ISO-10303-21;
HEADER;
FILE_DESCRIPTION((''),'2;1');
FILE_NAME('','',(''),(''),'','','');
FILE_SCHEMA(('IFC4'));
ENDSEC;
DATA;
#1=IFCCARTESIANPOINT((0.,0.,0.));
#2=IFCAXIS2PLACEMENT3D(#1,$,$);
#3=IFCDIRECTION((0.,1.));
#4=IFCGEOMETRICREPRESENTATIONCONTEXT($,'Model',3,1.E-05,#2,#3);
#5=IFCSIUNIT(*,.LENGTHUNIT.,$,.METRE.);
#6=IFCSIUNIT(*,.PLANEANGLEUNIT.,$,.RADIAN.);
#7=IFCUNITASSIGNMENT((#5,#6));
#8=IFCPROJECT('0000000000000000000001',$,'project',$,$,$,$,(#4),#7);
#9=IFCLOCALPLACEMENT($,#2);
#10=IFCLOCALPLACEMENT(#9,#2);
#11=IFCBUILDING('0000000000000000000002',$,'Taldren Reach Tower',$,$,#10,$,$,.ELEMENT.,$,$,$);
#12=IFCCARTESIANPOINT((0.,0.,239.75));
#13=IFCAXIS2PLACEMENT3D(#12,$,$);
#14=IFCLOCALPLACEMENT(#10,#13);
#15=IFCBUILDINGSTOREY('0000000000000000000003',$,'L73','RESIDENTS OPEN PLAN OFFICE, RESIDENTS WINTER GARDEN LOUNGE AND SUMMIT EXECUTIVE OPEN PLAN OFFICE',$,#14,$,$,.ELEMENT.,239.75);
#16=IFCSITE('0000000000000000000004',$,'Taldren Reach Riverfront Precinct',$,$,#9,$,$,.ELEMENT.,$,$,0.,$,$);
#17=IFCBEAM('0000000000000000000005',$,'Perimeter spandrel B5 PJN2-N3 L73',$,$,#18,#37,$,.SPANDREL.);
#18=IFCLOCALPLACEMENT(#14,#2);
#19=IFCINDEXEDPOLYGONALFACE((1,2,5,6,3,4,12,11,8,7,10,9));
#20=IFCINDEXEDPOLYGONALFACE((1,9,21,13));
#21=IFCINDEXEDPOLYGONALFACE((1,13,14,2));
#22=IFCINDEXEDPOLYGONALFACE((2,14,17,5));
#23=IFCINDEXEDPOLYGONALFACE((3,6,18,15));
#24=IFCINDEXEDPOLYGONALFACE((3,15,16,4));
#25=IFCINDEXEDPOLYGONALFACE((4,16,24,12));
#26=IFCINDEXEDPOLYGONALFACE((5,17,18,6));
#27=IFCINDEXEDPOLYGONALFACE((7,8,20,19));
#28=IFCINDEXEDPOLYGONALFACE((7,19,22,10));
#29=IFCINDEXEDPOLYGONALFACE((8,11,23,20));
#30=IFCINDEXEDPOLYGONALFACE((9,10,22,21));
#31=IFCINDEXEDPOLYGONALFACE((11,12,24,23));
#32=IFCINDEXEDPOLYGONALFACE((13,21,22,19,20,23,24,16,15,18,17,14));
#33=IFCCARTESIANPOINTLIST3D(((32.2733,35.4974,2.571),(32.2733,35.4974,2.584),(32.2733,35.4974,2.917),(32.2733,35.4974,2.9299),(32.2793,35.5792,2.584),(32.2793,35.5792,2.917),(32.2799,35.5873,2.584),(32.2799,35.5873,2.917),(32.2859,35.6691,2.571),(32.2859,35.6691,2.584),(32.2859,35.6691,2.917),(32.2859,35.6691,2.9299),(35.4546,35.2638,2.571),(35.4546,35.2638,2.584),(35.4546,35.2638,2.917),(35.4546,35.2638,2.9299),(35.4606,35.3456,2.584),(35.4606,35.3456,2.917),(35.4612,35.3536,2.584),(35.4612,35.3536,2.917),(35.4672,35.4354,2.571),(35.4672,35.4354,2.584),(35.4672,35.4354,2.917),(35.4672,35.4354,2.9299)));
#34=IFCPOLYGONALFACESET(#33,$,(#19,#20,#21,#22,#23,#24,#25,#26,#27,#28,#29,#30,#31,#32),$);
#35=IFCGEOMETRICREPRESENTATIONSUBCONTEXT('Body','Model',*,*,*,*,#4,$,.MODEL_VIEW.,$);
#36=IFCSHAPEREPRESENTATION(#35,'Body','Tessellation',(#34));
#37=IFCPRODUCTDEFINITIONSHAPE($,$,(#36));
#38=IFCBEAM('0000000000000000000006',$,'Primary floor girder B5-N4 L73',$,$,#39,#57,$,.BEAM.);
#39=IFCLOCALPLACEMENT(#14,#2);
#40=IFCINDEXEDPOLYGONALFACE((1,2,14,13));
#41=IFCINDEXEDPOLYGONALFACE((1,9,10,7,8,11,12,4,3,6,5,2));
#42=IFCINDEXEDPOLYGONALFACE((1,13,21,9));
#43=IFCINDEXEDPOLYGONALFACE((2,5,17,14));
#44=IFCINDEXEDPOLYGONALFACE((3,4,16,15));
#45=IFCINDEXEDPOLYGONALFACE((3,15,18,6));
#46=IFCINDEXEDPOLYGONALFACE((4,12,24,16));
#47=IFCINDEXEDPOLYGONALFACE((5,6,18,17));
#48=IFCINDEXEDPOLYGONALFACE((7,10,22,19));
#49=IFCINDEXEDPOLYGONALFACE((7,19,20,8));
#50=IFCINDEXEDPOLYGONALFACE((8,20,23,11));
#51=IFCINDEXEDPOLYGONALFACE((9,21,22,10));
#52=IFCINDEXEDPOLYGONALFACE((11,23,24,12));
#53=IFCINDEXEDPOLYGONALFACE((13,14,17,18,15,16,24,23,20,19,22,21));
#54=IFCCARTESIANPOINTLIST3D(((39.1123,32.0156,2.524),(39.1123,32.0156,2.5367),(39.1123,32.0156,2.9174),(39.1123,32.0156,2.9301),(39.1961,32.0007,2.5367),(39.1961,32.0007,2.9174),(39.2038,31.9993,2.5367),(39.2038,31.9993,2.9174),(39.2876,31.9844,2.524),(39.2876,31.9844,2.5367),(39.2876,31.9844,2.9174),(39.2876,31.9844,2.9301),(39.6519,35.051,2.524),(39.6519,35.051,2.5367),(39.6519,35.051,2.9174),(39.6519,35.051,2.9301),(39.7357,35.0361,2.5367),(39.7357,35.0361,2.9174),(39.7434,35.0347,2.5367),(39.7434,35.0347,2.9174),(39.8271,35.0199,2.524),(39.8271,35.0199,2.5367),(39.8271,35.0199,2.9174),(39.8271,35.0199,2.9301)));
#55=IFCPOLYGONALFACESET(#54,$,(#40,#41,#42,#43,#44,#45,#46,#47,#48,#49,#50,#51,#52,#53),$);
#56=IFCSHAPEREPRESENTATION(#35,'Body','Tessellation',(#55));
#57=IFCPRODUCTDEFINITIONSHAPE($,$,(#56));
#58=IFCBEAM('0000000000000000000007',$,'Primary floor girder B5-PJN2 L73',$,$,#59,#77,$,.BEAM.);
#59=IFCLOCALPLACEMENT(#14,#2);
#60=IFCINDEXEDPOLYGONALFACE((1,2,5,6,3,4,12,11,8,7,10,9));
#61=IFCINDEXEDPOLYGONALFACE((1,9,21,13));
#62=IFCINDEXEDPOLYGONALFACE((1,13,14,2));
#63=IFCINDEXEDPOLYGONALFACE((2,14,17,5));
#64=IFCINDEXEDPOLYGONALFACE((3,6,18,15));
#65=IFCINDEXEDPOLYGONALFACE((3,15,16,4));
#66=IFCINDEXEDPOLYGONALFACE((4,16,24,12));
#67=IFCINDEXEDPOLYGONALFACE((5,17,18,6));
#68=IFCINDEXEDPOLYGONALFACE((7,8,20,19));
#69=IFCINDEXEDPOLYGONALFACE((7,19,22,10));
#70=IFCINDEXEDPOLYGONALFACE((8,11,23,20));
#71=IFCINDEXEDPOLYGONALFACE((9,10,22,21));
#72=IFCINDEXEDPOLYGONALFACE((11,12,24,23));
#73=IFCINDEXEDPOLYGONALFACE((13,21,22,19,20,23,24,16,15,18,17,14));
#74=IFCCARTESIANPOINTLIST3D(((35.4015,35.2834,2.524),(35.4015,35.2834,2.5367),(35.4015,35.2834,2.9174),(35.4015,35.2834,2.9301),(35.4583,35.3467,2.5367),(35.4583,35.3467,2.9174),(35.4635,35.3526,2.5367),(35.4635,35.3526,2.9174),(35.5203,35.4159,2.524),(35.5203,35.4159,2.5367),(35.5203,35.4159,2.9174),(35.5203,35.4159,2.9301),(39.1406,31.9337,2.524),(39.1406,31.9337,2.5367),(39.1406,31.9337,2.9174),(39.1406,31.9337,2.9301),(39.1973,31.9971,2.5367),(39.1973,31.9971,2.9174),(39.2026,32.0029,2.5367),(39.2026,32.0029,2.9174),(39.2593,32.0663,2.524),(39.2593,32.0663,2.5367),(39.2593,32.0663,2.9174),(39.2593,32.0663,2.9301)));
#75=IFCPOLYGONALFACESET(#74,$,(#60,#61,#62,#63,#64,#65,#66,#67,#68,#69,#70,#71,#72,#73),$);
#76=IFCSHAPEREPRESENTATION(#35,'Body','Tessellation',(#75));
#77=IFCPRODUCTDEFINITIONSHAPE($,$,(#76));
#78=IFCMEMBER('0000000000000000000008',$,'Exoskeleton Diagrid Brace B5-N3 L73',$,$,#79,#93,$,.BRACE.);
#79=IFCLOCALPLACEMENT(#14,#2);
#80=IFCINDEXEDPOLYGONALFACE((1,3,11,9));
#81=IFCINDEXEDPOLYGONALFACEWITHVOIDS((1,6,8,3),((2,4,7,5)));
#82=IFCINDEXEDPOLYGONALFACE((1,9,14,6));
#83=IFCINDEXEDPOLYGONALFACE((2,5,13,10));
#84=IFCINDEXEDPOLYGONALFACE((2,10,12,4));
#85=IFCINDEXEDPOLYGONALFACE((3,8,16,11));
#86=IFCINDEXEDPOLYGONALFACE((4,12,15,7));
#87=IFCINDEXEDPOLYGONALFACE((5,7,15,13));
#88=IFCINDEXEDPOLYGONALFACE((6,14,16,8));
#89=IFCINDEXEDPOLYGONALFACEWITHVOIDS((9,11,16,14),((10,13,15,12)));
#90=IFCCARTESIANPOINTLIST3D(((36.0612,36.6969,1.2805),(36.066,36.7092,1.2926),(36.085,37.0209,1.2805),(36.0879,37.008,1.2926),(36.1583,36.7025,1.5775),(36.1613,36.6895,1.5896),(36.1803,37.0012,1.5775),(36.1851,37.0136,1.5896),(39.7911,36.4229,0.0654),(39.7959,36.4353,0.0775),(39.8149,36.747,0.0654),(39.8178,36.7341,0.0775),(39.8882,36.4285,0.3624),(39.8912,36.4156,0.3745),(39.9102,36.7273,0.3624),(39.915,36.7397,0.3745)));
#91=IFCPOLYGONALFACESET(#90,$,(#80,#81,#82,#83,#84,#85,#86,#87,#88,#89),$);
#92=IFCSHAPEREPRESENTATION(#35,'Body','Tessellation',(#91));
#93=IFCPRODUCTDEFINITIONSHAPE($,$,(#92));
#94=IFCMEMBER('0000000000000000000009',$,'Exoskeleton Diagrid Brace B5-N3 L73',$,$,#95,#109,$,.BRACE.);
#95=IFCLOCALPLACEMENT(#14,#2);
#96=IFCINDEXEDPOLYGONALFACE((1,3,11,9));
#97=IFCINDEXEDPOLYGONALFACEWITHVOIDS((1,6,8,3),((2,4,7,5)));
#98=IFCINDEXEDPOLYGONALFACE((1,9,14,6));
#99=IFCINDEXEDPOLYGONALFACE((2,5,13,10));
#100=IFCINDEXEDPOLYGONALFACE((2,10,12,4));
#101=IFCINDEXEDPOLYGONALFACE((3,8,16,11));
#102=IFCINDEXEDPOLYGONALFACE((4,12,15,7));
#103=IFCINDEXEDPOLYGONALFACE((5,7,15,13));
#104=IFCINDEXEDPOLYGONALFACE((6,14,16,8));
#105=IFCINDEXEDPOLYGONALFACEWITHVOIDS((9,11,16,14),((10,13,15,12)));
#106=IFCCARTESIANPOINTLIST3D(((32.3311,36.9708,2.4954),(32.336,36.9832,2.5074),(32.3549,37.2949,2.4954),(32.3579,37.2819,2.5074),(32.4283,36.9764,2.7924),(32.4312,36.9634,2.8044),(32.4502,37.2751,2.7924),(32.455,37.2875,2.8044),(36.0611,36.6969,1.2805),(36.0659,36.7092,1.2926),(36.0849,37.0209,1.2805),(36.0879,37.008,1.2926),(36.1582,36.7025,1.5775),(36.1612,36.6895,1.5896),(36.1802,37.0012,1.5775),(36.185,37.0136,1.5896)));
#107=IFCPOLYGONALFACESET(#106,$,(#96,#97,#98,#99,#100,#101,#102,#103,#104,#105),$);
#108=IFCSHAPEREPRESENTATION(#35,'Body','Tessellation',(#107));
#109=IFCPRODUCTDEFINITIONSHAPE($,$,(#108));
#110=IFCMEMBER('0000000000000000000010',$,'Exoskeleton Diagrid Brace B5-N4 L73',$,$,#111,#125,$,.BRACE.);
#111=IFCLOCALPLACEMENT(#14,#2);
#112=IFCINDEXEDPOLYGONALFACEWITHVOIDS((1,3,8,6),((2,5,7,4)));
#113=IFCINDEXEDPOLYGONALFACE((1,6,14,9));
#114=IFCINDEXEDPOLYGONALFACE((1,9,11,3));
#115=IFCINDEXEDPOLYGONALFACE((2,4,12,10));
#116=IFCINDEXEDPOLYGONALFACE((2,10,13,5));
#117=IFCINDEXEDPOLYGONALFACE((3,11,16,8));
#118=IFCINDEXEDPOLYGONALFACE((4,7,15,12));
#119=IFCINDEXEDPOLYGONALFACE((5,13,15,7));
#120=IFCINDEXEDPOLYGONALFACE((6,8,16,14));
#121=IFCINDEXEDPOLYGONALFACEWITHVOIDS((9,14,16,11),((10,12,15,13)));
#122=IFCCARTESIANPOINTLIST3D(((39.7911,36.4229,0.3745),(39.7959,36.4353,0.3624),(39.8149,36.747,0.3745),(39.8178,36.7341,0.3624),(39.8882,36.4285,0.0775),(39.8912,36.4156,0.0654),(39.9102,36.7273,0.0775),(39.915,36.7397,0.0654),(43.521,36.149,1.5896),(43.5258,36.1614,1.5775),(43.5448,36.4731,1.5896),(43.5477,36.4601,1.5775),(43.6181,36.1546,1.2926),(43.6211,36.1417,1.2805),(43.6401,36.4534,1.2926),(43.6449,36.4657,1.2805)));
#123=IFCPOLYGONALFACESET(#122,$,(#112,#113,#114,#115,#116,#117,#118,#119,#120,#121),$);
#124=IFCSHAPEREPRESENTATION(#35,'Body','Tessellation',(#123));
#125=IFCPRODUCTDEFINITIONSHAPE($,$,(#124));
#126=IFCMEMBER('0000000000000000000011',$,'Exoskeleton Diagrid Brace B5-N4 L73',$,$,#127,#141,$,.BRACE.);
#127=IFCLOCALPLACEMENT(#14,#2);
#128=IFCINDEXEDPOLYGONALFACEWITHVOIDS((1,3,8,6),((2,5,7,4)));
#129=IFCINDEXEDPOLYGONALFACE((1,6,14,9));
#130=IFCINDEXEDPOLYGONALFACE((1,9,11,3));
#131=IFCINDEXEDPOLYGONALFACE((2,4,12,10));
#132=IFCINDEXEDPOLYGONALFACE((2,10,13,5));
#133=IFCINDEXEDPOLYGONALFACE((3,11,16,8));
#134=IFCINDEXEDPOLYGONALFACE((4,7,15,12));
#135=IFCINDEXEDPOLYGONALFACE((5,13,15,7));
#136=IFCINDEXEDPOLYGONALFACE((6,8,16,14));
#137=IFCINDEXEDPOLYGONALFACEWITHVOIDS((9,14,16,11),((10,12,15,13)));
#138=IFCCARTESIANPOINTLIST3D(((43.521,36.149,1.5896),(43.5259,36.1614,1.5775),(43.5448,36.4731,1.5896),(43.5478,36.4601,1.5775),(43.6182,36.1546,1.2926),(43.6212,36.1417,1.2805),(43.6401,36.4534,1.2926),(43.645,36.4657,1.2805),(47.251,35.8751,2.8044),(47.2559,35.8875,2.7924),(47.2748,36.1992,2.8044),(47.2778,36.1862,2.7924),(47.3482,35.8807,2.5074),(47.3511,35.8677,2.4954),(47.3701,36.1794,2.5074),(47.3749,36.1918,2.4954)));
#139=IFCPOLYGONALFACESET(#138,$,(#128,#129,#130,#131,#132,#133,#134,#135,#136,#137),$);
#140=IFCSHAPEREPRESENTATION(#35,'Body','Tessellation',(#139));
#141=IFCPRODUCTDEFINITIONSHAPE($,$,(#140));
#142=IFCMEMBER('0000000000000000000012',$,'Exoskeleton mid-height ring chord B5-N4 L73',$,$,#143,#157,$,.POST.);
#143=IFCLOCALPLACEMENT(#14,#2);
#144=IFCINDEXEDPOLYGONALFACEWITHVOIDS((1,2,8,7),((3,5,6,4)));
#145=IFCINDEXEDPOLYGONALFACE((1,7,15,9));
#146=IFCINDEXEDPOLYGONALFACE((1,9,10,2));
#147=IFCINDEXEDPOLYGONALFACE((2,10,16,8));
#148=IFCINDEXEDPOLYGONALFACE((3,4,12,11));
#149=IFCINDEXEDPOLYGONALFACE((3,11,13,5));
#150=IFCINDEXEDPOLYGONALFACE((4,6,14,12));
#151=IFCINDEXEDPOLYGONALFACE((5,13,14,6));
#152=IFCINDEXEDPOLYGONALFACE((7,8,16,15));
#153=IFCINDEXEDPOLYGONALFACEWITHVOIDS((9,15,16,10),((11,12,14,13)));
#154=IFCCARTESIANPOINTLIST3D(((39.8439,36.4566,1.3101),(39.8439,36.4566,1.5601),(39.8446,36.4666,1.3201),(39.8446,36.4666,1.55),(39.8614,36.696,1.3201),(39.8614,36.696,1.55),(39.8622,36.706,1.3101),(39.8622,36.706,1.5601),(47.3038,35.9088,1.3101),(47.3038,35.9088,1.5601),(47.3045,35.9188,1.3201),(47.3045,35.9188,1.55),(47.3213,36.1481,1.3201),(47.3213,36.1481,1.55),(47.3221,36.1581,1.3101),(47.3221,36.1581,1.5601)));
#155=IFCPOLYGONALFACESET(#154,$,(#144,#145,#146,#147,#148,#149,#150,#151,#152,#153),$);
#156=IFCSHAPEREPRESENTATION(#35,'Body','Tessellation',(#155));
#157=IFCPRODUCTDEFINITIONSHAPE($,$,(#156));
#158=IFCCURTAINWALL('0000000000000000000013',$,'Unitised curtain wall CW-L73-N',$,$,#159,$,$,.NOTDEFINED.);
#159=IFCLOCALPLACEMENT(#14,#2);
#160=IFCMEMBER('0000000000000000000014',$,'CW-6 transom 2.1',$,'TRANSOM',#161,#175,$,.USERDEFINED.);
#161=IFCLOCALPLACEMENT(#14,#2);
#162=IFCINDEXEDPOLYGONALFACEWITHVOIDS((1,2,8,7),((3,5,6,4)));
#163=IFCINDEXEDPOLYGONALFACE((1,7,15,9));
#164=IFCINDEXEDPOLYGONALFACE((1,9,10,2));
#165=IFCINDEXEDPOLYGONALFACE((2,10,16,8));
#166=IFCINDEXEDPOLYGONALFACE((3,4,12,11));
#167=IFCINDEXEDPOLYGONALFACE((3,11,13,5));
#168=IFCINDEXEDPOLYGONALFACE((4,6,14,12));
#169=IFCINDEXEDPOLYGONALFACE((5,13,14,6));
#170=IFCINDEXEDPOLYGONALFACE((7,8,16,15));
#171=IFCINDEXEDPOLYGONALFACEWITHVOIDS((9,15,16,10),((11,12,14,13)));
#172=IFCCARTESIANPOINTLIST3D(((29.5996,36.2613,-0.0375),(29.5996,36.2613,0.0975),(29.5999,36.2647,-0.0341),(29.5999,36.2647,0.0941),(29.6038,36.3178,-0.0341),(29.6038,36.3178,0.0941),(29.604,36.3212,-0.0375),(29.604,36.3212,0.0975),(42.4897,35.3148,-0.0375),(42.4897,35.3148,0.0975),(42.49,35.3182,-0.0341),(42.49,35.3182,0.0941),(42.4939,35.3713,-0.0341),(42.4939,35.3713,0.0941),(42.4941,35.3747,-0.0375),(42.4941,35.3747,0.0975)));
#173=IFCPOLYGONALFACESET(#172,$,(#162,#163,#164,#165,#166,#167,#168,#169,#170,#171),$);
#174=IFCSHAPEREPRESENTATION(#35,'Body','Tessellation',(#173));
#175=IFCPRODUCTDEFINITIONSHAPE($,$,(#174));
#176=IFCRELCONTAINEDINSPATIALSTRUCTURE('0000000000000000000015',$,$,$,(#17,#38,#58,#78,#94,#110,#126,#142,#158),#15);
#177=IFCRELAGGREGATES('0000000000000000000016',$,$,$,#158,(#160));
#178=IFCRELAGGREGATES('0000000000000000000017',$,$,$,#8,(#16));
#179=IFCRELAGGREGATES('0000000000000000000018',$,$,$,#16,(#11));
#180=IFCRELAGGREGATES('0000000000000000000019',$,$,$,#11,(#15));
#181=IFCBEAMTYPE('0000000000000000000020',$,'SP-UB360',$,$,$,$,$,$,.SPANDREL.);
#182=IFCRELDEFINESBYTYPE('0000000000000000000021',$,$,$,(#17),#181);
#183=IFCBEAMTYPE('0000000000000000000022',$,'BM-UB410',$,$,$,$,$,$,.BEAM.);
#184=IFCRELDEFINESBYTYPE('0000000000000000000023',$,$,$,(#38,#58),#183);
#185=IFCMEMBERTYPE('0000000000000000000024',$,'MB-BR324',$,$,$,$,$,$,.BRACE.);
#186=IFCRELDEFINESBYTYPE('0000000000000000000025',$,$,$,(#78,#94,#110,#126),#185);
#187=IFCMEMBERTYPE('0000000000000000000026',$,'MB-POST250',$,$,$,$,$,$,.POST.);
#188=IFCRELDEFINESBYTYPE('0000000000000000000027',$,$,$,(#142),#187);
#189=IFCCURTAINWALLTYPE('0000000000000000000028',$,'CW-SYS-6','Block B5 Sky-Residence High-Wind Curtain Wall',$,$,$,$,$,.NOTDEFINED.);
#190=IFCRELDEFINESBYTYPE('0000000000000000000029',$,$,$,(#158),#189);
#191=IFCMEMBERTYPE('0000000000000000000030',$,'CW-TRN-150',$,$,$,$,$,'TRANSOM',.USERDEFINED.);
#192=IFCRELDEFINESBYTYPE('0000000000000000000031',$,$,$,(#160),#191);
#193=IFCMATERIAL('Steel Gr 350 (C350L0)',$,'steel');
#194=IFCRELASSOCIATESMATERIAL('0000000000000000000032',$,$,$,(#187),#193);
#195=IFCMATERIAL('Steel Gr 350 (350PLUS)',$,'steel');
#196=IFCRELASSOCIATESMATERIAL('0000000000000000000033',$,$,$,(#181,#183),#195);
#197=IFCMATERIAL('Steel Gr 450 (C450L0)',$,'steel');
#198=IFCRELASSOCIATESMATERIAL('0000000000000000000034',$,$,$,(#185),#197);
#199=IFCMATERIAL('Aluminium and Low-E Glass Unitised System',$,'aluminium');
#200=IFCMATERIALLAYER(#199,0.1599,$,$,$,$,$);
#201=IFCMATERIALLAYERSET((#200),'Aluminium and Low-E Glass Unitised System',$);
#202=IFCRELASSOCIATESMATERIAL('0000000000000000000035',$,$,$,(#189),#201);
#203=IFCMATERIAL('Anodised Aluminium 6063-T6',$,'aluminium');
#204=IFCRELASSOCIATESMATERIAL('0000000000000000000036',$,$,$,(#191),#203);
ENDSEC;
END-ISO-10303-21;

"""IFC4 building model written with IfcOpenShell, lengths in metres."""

from ifc_helpers import new_model, si_unit, direction, frame, origin, origin_2d, place, context, subcontext, project, spatial, hollow_rectangle, i_section, extrude, source, transform, mapped, material, layer, layer_set, material_profile, profile_set, type_object, element, aggregate, save


model = new_model("IFC4")

# Units and contexts
model_context = context("Model", 3, precision=1e-05, world=origin(), true_north=direction((0.0, 1.0)))
body_context = subcontext(model_context, "Body", "Model", "MODEL_VIEW")
ifc_project = project(units=[si_unit("LENGTHUNIT", "METRE"), si_unit("PLANEANGLEUNIT", "RADIAN")], contexts=[model_context])

# Site, building, storey
site_placement = place(None, origin())
site = spatial("IfcSite", under=ifc_project, at=site_placement, Name="Taldren Reach Riverfront Precinct", CompositionType="ELEMENT", RefElevation=0.0)
building_placement = place(site_placement, origin())
building = spatial("IfcBuilding", under=site, at=building_placement, Name="Taldren Reach Tower", CompositionType="ELEMENT")
storey_placement = place(building_placement, frame((0.0, 0.0, 239.75)))
storey = spatial("IfcBuildingStorey", under=building, at=storey_placement, Name="L73", Description="RESIDENTS OPEN PLAN OFFICE, RESIDENTS WINTER GARDEN LOUNGE AND SUMMIT EXECUTIVE OPEN PLAN OFFICE", CompositionType="ELEMENT", Elevation=239.75)

# Shared definitions
ifc_material_1 = material(Name="Steel Gr 450 (C450L0)", Category="steel")
ifc_material_2 = material(Name="Steel Gr 350 (C350L0)", Category="steel")
ifc_material_3 = material(Name="Steel Gr 350 (350PLUS)", Category="steel")

# Shared definitions
ifc_material_profile_1 = material_profile(ifc_material_2, hollow_rectangle(XDim=0.25, YDim=0.25, WallThickness=0.01, at=origin_2d()), Name="250x250x10.0SHS")
ifc_profile_set_1 = profile_set([ifc_material_profile_1], Name="Steel Gr 350 (C350L0)")
member_type_1 = type_object("IfcMemberType", Name="MB-POST250", PredefinedType="POST", material=ifc_profile_set_1)

# Beams
ifc_material_profile_2 = material_profile(ifc_material_3, i_section(OverallWidth=0.1721, OverallDepth=0.3589, WebThickness=0.0081, FlangeThickness=0.0129, at=origin_2d()), Name="360UB56.7")
ifc_profile_set_2 = profile_set([ifc_material_profile_2], Name="Steel Gr 350 (350PLUS)")
beam_type_1 = type_object("IfcBeamType", Name="SP-UB360", PredefinedType="SPANDREL", material=ifc_profile_set_2)
shared_shape_1 = source(origin(), body_context, "Body", "SweptSolid", [
    extrude(i_section(OverallWidth=0.1721, OverallDepth=0.3589, WebThickness=0.0081, FlangeThickness=0.0129, at=origin_2d()), origin(), (0.0, 0.0, 1.0), 3.1899),
])
beam_1_placement = place(storey_placement, frame((35.4609, 35.3496, 2.7505), z_axis=(-0.997314, 0.073243, 0.0), x_axis=(-0.073243, -0.997314, 0.0)))
element("IfcBeam", 1, at=beam_1_placement, inside=storey, type_object=beam_type_1, Name="Perimeter spandrel B5 PJN2-N3 L73", PredefinedType="SPANDREL", context=body_context, shape_type="MappedRepresentation", body=[
    mapped(shared_shape_1, transform((0.0, 0.0, 0.0), scale=1.0)),
])
ifc_material_profile_3 = material_profile(ifc_material_3, i_section(OverallWidth=0.178, OverallDepth=0.406, WebThickness=0.0078, FlangeThickness=0.0127, at=origin_2d()), Name="410UB59.7")
ifc_profile_set_3 = profile_set([ifc_material_profile_3], Name="Steel Gr 350 (350PLUS)")
beam_type_2 = type_object("IfcBeamType", Name="BM-UB410", PredefinedType="BEAM", material=ifc_profile_set_3)
shared_shape_2 = source(origin(), body_context, "Body", "SweptSolid", [
    extrude(i_section(OverallWidth=0.178, OverallDepth=0.406, WebThickness=0.0078, FlangeThickness=0.0127, at=origin_2d()), origin(), (0.0, 0.0, 1.0), 3.083),
])
beam_2_placement = place(storey_placement, frame((39.2, 32.0, 2.7271), z_axis=(0.175009, 0.984567, 0.0), x_axis=(-0.984567, 0.175009, 0.0)))
element("IfcBeam", 2, at=beam_2_placement, inside=storey, type_object=beam_type_2, Name="Primary floor girder B5-N4 L73", PredefinedType="BEAM", context=body_context, shape_type="MappedRepresentation", body=[
    mapped(shared_shape_2, transform((0.0, 0.0, 0.0), scale=1.0)),
])
shared_shape_3 = source(origin(), body_context, "Body", "SweptSolid", [
    extrude(i_section(OverallWidth=0.178, OverallDepth=0.406, WebThickness=0.0078, FlangeThickness=0.0127, at=origin_2d()), origin(), (0.0, 0.0, 1.0), 5.02),
])
beam_3_placement = place(storey_placement, frame((39.2, 32.0, 2.7271), z_axis=(-0.744828, 0.667257, 0.0), x_axis=(-0.667257, -0.744828, 0.0)))
element("IfcBeam", 3, at=beam_3_placement, inside=storey, type_object=beam_type_2, Name="Primary floor girder B5-PJN2 L73", PredefinedType="BEAM", context=body_context, shape_type="MappedRepresentation", body=[
    mapped(shared_shape_3, transform((0.0, 0.0, 0.0), scale=1.0)),
])

# Members
ifc_material_profile_4 = material_profile(ifc_material_1, hollow_rectangle(XDim=0.325, YDim=0.325, WallThickness=0.0127, at=origin_2d()), Name="325x325x12.7SHS")
ifc_profile_set_4 = profile_set([ifc_material_profile_4], Name="Steel Gr 450 (C450L0)")
member_type_2 = type_object("IfcMemberType", Name="MB-BR324", PredefinedType="BRACE", material=ifc_profile_set_4)
shared_shape_4 = source(origin(), body_context, "Body", "SweptSolid", [
    extrude(hollow_rectangle(XDim=0.325, YDim=0.325, WallThickness=0.0127, at=origin_2d()), origin(), (0.0, 0.0, 1.0), 3.9324),
])
for number, where, z_axis, x_axis, name in (
    (4, (39.853, 36.5813, 0.22), (-0.948511, 0.069658, 0.308989), (-0.073242, -0.997314, 0.0), "Exoskeleton Diagrid Brace B5-N3 L73"),
    (5, (36.123, 36.8552, 1.4351), (-0.948529, 0.069659, 0.308933), (-0.073242, -0.997314, 0.0), "Exoskeleton Diagrid Brace B5-N3 L73"),
    (6, (39.853, 36.5813, 0.22), (0.948511, -0.069658, 0.308989), (0.073242, 0.997314, 0.0), "Exoskeleton Diagrid Brace B5-N4 L73"),
    (7, (43.583, 36.3074, 1.4351), (0.948529, -0.069659, 0.308933), (0.073242, 0.997314, 0.0), "Exoskeleton Diagrid Brace B5-N4 L73"),
):
    element("IfcMember", number, at=place(storey_placement, frame(where, z_axis=z_axis, x_axis=x_axis)), inside=storey, type_object=member_type_2, Name=name, PredefinedType="BRACE", context=body_context, shape_type="MappedRepresentation", body=[
        mapped(shared_shape_4, transform((0.0, 0.0, 0.0), scale=1.0)),
    ])
shared_shape_5 = source(origin(), body_context, "Body", "SweptSolid", [
    extrude(hollow_rectangle(XDim=0.25, YDim=0.25, WallThickness=0.01, at=origin_2d()), origin(), (0.0, 0.0, 1.0), 7.48),
])
member_1_placement = place(storey_placement, frame((39.853, 36.5813, 1.4351), z_axis=(0.997314, -0.073242, 0.0), x_axis=(0.073242, 0.997314, 0.0)))
element("IfcMember", 8, at=member_1_placement, inside=storey, type_object=member_type_1, Name="Exoskeleton mid-height ring chord B5-N4 L73", PredefinedType="POST", context=body_context, shape_type="MappedRepresentation", body=[
    mapped(shared_shape_5, transform((0.0, 0.0, 0.0), scale=1.0)),
])

# Curtain wall, member
ifc_material_4 = material(Name="Aluminium and Low-E Glass Unitised System", Category="aluminium")
ifc_layer_1 = layer(ifc_material_4, 0.1599)
ifc_layer_set_1 = layer_set([ifc_layer_1], Name="Aluminium and Low-E Glass Unitised System")
curtain_wall_type = type_object("IfcCurtainWallType", Name="CW-SYS-6", Description="Block B5 Sky-Residence High-Wind Curtain Wall", PredefinedType="NOTDEFINED", material=ifc_layer_set_1)
curtain_wall_placement = place(storey_placement, origin())
curtain_wall = element("IfcCurtainWall", 9, at=curtain_wall_placement, inside=storey, type_object=curtain_wall_type, Name="Unitised curtain wall CW-L73-N", PredefinedType="NOTDEFINED")
ifc_material_5 = material(Name="Anodised Aluminium 6063-T6", Category="aluminium")
ifc_material_profile_5 = material_profile(ifc_material_5, hollow_rectangle(XDim=0.0601, YDim=0.135, WallThickness=0.0034, at=origin_2d()), Name="ALU-135x60x3.5RHS")
ifc_profile_set_5 = profile_set([ifc_material_profile_5], Name="Anodised Aluminium 6063-T6")
member_type_3 = type_object("IfcMemberType", Name="CW-TRN-150", ElementType="TRANSOM", PredefinedType="USERDEFINED", material=ifc_profile_set_5)
shared_shape_6 = source(origin(), body_context, "Body", "SweptSolid", [
    extrude(hollow_rectangle(XDim=0.0601, YDim=0.135, WallThickness=0.0034, at=origin_2d()), origin(), (0.0, 0.0, 1.0), 12.9248),
])
member_2_placement = place(storey_placement, frame((42.4919, 35.3447, 0.03), z_axis=(-0.997315, 0.073234, 0.0), x_axis=(-0.073234, -0.997315, 0.0)))
member_2 = element("IfcMember", 10, at=member_2_placement, type_object=member_type_3, Name="CW-6 transom 2.1", ObjectType="TRANSOM", PredefinedType="USERDEFINED", context=body_context, shape_type="MappedRepresentation", body=[
    mapped(shared_shape_6, transform((0.0, 0.0, 0.0), scale=1.0)),
])

aggregate(curtain_wall, [member_2])

save(model, "model.ifc")
